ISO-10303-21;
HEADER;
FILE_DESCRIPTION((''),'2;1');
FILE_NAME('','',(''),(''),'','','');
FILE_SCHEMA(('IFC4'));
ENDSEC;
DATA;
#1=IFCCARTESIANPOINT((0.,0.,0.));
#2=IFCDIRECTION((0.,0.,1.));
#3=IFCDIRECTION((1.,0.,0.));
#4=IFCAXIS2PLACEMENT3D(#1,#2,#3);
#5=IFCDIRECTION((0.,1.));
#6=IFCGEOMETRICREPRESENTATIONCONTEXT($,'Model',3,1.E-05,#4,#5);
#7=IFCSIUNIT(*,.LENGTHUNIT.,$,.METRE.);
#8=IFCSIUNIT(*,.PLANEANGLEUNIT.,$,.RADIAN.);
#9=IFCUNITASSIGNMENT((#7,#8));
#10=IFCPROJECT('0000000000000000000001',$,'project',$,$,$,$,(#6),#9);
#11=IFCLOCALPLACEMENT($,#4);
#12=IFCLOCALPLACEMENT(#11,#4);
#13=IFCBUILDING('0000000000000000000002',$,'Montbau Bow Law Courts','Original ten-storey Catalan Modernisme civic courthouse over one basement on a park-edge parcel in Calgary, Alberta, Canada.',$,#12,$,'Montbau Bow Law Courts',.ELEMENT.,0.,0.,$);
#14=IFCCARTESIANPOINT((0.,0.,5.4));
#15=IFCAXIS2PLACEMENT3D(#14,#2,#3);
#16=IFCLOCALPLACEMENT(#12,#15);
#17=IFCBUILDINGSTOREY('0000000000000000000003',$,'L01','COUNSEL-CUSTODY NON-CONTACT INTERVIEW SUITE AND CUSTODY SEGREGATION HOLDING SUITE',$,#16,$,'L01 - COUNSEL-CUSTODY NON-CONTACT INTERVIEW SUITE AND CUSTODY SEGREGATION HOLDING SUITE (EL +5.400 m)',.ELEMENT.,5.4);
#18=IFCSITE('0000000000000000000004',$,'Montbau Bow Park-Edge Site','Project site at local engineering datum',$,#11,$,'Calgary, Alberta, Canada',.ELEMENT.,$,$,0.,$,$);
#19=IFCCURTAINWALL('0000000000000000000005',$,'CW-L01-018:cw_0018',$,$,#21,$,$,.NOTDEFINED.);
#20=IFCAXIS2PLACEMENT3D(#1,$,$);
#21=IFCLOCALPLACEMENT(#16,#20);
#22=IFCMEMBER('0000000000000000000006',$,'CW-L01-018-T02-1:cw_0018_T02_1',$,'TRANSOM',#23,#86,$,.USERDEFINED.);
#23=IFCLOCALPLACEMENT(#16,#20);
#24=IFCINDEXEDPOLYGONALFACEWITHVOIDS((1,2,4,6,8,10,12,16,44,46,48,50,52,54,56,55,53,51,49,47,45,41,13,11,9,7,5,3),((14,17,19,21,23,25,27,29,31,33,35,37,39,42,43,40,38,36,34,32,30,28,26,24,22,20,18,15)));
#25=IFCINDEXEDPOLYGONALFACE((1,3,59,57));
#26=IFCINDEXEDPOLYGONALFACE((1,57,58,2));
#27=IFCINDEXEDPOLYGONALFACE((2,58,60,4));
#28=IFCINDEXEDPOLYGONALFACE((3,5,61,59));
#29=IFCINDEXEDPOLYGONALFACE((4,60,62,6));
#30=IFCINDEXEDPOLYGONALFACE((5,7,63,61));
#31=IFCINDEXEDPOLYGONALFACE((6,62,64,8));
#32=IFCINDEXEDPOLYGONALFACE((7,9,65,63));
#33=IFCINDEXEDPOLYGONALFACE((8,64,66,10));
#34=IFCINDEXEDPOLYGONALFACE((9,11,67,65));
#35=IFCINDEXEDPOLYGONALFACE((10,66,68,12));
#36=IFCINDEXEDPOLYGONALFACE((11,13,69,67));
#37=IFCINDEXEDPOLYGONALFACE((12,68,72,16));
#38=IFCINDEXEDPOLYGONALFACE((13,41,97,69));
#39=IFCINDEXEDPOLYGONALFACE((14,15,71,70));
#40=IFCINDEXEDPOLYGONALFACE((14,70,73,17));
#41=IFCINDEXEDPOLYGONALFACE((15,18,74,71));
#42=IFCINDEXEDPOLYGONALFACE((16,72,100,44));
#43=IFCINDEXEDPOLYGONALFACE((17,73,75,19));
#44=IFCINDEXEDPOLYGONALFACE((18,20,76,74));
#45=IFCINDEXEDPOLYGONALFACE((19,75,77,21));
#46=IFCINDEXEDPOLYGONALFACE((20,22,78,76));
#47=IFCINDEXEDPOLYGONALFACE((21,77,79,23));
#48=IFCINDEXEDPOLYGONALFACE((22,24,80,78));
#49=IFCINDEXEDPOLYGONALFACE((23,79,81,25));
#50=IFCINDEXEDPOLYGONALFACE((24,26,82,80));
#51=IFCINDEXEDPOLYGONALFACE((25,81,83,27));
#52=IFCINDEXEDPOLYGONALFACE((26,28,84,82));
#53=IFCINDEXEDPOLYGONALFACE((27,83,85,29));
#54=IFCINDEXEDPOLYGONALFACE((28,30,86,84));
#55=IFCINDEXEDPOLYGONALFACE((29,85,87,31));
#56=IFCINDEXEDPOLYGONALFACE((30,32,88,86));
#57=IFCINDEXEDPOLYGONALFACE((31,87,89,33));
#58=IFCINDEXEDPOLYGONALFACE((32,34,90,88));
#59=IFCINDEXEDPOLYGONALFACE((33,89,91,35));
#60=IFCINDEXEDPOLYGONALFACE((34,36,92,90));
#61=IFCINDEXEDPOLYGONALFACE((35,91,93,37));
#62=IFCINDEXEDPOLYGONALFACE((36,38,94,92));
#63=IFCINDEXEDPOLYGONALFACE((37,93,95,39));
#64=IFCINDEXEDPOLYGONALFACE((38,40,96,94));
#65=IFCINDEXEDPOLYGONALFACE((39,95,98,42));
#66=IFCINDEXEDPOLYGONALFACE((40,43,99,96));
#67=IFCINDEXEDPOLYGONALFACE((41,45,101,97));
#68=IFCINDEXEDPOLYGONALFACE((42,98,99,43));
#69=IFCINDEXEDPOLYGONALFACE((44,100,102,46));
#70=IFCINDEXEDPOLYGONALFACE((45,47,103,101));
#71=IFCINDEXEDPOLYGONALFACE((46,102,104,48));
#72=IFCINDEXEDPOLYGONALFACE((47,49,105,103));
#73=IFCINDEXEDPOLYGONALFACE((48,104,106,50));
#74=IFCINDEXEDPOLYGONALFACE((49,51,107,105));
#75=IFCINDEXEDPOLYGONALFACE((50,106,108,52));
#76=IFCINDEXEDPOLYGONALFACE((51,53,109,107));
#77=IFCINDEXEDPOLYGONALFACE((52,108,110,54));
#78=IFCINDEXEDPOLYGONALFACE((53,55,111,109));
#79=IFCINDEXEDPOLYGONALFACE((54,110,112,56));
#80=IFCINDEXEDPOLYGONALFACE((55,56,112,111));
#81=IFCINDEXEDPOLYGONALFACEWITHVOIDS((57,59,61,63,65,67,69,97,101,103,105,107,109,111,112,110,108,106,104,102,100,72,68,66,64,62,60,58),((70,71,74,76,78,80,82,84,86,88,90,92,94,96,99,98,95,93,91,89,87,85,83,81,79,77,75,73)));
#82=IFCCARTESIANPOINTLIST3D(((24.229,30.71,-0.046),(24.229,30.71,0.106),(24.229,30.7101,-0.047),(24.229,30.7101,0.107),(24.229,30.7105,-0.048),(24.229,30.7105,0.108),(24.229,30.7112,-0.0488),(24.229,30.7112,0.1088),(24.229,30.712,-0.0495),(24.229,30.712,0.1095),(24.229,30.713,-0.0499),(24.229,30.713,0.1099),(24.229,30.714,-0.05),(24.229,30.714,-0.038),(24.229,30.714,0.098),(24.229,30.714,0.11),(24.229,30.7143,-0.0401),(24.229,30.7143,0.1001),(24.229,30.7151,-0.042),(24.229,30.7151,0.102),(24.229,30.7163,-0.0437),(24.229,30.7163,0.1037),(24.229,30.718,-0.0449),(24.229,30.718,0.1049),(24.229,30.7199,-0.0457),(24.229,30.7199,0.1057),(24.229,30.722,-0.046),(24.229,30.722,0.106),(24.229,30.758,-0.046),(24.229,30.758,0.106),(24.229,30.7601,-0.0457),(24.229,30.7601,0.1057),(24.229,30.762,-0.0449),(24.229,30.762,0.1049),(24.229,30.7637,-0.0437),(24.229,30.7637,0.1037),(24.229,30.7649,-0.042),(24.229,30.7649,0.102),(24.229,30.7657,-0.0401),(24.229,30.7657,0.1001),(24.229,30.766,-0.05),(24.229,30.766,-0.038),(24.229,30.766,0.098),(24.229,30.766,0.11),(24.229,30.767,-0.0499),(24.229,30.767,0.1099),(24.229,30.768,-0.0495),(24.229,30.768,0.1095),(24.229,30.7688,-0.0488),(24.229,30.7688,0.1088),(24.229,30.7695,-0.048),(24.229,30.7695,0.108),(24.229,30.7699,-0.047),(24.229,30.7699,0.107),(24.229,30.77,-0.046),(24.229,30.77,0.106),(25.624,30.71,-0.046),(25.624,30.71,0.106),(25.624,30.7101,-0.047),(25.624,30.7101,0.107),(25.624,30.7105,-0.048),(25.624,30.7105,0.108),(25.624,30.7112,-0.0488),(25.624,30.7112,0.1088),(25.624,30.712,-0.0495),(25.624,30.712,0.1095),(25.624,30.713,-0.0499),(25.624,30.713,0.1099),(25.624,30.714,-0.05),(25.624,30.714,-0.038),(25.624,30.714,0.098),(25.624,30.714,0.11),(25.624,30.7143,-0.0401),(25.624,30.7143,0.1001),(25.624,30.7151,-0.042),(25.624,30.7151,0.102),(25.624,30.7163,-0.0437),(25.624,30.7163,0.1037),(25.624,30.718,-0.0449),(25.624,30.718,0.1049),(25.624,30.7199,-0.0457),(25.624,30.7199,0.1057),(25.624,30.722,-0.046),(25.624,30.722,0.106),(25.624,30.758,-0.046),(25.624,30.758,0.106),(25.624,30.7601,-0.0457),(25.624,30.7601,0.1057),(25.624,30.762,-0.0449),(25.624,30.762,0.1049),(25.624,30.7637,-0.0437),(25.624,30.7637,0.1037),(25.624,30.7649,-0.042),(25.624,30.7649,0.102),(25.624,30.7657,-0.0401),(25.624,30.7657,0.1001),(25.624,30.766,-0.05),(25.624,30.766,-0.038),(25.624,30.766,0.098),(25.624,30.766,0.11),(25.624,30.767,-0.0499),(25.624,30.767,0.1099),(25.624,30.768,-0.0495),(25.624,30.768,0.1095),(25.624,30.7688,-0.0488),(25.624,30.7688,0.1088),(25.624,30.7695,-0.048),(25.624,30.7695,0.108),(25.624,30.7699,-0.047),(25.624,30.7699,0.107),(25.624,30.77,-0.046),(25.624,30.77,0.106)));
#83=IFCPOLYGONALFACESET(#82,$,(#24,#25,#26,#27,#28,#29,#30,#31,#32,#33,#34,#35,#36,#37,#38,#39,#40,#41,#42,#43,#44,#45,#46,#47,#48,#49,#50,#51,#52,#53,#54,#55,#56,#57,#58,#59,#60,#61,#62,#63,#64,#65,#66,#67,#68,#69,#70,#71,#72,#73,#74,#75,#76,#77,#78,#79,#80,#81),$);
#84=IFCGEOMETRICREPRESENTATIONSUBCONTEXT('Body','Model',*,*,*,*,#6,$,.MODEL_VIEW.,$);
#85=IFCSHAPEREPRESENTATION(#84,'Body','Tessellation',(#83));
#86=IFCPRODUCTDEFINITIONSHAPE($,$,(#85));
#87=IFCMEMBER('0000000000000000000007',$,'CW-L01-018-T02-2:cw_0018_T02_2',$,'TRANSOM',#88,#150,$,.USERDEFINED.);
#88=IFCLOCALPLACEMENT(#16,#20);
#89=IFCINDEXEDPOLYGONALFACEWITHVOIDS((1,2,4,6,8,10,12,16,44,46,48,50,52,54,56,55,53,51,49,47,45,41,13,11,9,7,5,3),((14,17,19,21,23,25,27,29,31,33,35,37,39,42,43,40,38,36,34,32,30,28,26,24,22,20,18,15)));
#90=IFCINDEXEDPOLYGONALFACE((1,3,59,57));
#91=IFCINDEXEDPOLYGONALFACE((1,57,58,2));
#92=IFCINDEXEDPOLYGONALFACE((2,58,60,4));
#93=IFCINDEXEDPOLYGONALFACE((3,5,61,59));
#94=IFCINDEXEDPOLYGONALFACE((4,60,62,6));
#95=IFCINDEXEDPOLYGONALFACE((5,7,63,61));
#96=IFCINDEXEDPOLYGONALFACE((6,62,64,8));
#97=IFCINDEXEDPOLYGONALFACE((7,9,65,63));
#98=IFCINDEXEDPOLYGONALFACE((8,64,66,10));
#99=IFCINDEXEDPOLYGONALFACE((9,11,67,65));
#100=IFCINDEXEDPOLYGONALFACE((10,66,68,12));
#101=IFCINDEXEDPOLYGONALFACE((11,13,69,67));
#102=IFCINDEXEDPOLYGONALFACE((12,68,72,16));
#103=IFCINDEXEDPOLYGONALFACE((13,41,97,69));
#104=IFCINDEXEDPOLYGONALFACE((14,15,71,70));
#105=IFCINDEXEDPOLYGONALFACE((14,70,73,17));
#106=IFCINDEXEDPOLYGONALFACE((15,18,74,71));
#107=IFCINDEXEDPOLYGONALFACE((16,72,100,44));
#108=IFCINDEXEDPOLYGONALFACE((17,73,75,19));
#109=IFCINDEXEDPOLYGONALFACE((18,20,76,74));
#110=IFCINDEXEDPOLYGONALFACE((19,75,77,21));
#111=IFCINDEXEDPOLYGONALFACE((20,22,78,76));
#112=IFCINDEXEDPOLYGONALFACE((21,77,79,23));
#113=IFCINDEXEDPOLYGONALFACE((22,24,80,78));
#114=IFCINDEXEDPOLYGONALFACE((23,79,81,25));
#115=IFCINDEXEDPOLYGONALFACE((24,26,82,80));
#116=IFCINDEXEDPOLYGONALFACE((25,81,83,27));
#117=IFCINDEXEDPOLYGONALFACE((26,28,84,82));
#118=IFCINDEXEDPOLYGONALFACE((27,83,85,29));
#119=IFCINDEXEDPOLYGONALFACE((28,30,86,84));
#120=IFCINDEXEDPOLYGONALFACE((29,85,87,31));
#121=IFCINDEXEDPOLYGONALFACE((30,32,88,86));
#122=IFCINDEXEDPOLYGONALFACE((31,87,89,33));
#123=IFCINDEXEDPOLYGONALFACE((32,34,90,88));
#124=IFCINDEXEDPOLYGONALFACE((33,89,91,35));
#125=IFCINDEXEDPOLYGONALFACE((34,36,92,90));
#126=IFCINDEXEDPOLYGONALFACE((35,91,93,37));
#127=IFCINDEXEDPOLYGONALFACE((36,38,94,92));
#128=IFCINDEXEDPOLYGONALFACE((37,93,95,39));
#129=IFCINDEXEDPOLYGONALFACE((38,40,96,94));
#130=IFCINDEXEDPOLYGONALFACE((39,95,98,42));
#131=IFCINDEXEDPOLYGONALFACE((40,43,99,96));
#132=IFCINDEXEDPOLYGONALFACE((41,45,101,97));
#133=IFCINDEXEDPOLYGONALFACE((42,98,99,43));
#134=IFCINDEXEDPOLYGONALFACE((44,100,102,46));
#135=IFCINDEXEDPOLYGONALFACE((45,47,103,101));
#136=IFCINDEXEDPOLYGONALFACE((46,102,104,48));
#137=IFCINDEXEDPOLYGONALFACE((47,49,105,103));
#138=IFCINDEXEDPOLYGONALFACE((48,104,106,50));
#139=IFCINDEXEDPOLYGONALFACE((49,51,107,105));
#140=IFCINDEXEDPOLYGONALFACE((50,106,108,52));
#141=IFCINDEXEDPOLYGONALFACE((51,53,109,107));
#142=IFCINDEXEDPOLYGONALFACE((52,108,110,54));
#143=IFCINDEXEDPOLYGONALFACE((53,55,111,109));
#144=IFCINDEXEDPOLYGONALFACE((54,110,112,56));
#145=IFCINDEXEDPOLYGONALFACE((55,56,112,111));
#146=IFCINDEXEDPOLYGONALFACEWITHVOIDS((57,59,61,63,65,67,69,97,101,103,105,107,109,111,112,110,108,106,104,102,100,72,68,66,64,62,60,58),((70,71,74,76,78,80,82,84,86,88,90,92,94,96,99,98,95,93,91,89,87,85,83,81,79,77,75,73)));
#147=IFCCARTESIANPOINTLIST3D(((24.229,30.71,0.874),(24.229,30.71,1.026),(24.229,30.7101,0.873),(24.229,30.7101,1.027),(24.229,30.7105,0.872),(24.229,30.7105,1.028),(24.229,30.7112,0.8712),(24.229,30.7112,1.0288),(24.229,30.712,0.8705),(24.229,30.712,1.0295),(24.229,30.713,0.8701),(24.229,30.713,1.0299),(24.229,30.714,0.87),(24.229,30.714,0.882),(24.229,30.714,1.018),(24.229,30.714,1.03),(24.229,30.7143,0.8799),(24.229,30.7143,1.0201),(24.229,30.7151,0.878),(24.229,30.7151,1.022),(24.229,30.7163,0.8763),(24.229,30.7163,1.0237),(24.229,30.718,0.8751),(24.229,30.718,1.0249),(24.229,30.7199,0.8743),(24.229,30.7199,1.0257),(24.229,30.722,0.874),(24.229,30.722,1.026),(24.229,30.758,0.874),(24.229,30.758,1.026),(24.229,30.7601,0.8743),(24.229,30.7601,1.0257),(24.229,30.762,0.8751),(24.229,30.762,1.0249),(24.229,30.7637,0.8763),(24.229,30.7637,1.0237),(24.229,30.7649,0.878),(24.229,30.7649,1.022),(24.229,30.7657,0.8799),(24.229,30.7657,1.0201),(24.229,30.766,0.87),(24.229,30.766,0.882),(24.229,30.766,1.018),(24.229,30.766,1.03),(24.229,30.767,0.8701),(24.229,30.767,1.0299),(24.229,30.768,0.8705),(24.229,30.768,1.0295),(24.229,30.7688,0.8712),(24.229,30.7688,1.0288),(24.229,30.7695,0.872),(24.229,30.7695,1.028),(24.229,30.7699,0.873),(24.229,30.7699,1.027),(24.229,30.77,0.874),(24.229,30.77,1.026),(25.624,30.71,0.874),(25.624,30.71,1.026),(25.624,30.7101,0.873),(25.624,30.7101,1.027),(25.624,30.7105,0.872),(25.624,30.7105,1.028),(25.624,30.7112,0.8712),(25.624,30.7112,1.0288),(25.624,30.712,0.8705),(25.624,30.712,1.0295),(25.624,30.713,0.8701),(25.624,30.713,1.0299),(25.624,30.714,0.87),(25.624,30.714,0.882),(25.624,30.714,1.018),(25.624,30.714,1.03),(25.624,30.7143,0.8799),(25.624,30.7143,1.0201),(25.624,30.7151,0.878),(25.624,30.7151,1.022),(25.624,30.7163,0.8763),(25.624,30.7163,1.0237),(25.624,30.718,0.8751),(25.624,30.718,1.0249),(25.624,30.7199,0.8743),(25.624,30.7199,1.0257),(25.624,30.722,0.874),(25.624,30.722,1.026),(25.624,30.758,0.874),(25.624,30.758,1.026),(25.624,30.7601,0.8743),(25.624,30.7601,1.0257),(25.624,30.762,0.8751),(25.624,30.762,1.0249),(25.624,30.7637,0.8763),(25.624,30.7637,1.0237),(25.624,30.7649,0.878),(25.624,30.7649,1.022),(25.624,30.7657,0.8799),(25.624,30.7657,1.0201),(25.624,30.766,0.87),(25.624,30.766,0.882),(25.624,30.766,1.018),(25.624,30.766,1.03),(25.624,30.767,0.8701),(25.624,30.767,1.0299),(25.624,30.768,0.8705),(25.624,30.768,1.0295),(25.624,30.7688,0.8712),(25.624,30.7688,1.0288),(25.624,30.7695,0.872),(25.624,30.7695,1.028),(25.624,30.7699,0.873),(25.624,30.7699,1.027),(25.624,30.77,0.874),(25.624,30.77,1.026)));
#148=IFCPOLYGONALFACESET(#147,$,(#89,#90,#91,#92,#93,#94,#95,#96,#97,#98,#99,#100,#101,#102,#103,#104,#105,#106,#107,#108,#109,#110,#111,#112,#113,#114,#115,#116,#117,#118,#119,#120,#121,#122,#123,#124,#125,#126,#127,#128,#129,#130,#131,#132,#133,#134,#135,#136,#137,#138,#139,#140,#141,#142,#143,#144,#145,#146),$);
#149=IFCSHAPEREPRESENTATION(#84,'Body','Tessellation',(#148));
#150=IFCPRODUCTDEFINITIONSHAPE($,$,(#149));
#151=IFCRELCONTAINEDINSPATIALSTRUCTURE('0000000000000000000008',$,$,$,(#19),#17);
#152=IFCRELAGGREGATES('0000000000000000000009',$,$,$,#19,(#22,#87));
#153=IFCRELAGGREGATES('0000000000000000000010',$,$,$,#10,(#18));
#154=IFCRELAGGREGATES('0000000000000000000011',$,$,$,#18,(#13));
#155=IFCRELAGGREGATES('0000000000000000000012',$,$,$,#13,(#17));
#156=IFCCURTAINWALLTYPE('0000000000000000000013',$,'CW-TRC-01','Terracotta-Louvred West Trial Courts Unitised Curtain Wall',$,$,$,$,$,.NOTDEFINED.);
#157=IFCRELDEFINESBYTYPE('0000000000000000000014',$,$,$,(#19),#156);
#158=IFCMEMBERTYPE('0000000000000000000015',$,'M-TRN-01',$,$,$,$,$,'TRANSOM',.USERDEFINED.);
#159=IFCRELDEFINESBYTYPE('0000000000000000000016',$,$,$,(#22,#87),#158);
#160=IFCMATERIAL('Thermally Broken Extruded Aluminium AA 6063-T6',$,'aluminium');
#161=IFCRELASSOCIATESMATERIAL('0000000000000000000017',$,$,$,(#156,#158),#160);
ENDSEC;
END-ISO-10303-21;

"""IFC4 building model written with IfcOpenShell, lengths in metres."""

from ifc_helpers import new_model, si_unit, direction, frame, origin_with_axes, origin_2d_with_axis, place, context, subcontext, project, spatial, hollow_rectangle, extrude, material, material_profile, profile_set, type_object, element, aggregate, save


model = new_model("IFC4")

# Units and contexts
model_context = context("Model", 3, precision=1e-05, world=origin_with_axes(), true_north=direction((0.0, 1.0)))
body_context = subcontext(model_context, "Body", "Model", "MODEL_VIEW")
ifc_project = project(units=[si_unit("LENGTHUNIT", "METRE"), si_unit("PLANEANGLEUNIT", "RADIAN")], contexts=[model_context])

# Site, building, storey
site_placement = place(None, origin_with_axes())
site = spatial("IfcSite", under=ifc_project, at=site_placement, Name="Montbau Bow Park-Edge Site", Description="Project site at local engineering datum", LongName="Calgary, Alberta, Canada", CompositionType="ELEMENT", RefElevation=0.0)
building_placement = place(site_placement, origin_with_axes())
building = spatial("IfcBuilding", under=site, at=building_placement, Name="Montbau Bow Law Courts", Description="Original ten-storey Catalan Modernisme civic courthouse over one basement on a park-edge parcel in Calgary, Alberta, Canada.", LongName="Montbau Bow Law Courts", CompositionType="ELEMENT", ElevationOfRefHeight=0.0, ElevationOfTerrain=0.0)
storey_placement = place(building_placement, frame((0.0, 0.0, 5.4), z_axis=(0.0, 0.0, 1.0), x_axis=(1.0, 0.0, 0.0)))
storey = spatial("IfcBuildingStorey", under=building, at=storey_placement, Name="L01", Description="COUNSEL-CUSTODY NON-CONTACT INTERVIEW SUITE AND CUSTODY SEGREGATION HOLDING SUITE", LongName="L01 - COUNSEL-CUSTODY NON-CONTACT INTERVIEW SUITE AND CUSTODY SEGREGATION HOLDING SUITE (EL +5.400 m)", CompositionType="ELEMENT", Elevation=5.4)

# Curtain wall
ifc_material_1 = material(Name="Thermally Broken Extruded Aluminium AA 6063-T6", Category="aluminium")
curtain_wall_type = type_object("IfcCurtainWallType", Name="CW-TRC-01", Description="Terracotta-Louvred West Trial Courts Unitised Curtain Wall", PredefinedType="NOTDEFINED", material=ifc_material_1)
curtain_wall_1_placement = place(None, frame((22.715, 30.74, 5.4), z_axis=(0.0, 0.0, 1.0), x_axis=(1.0, 0.0, 0.0)))
curtain_wall_1 = element("IfcCurtainWall", 1, at=curtain_wall_1_placement, inside=storey, type_object=curtain_wall_type, Name="CW-L01-018:cw_0018", PredefinedType="NOTDEFINED")

# Members
ifc_material_profile_1 = material_profile(ifc_material_1, hollow_rectangle(XDim=0.06, YDim=0.16, WallThickness=0.004, InnerFilletRadius=0.008, OuterFilletRadius=0.004, at=origin_2d_with_axis()), Name="CWT-160X60", Category="Main", Priority=0)
ifc_profile_set_1 = profile_set([ifc_material_profile_1], Name="Thermally Broken Extruded Aluminium AA 6063-T6")
member_type_1 = type_object("IfcMemberType", Name="M-TRN-01", ElementType="TRANSOM", PredefinedType="USERDEFINED", material=ifc_profile_set_1)
member_1_placement = place(None, frame((24.229, 30.74, 5.43), z_axis=(1.0, 0.0, 0.0), x_axis=(0.0, 1.0, 0.0)))
member_1 = element("IfcMember", 2, at=member_1_placement, type_object=member_type_1, Name="CW-L01-018-T02-1:cw_0018_T02_1", ObjectType="TRANSOM", PredefinedType="USERDEFINED", context=body_context, shape_type="SweptSolid", body=[
    extrude(hollow_rectangle(XDim=0.06, YDim=0.16, WallThickness=0.004, InnerFilletRadius=0.008, OuterFilletRadius=0.004, at=origin_2d_with_axis()), origin_with_axes(), (0.0, 0.0, 1.0), 1.395),
])
member_2_placement = place(None, frame((24.229, 30.74, 6.35), z_axis=(1.0, 0.0, 0.0), x_axis=(0.0, 1.0, 0.0)))
member_2 = element("IfcMember", 3, at=member_2_placement, type_object=member_type_1, Name="CW-L01-018-T02-2:cw_0018_T02_2", ObjectType="TRANSOM", PredefinedType="USERDEFINED", context=body_context, shape_type="SweptSolid", body=[
    extrude(hollow_rectangle(XDim=0.06, YDim=0.16, WallThickness=0.004, InnerFilletRadius=0.008, OuterFilletRadius=0.004, at=origin_2d_with_axis()), origin_with_axes(), (0.0, 0.0, 1.0), 1.395),
])

aggregate(curtain_wall_1, [member_1, member_2])

save(model, "model.ifc")
